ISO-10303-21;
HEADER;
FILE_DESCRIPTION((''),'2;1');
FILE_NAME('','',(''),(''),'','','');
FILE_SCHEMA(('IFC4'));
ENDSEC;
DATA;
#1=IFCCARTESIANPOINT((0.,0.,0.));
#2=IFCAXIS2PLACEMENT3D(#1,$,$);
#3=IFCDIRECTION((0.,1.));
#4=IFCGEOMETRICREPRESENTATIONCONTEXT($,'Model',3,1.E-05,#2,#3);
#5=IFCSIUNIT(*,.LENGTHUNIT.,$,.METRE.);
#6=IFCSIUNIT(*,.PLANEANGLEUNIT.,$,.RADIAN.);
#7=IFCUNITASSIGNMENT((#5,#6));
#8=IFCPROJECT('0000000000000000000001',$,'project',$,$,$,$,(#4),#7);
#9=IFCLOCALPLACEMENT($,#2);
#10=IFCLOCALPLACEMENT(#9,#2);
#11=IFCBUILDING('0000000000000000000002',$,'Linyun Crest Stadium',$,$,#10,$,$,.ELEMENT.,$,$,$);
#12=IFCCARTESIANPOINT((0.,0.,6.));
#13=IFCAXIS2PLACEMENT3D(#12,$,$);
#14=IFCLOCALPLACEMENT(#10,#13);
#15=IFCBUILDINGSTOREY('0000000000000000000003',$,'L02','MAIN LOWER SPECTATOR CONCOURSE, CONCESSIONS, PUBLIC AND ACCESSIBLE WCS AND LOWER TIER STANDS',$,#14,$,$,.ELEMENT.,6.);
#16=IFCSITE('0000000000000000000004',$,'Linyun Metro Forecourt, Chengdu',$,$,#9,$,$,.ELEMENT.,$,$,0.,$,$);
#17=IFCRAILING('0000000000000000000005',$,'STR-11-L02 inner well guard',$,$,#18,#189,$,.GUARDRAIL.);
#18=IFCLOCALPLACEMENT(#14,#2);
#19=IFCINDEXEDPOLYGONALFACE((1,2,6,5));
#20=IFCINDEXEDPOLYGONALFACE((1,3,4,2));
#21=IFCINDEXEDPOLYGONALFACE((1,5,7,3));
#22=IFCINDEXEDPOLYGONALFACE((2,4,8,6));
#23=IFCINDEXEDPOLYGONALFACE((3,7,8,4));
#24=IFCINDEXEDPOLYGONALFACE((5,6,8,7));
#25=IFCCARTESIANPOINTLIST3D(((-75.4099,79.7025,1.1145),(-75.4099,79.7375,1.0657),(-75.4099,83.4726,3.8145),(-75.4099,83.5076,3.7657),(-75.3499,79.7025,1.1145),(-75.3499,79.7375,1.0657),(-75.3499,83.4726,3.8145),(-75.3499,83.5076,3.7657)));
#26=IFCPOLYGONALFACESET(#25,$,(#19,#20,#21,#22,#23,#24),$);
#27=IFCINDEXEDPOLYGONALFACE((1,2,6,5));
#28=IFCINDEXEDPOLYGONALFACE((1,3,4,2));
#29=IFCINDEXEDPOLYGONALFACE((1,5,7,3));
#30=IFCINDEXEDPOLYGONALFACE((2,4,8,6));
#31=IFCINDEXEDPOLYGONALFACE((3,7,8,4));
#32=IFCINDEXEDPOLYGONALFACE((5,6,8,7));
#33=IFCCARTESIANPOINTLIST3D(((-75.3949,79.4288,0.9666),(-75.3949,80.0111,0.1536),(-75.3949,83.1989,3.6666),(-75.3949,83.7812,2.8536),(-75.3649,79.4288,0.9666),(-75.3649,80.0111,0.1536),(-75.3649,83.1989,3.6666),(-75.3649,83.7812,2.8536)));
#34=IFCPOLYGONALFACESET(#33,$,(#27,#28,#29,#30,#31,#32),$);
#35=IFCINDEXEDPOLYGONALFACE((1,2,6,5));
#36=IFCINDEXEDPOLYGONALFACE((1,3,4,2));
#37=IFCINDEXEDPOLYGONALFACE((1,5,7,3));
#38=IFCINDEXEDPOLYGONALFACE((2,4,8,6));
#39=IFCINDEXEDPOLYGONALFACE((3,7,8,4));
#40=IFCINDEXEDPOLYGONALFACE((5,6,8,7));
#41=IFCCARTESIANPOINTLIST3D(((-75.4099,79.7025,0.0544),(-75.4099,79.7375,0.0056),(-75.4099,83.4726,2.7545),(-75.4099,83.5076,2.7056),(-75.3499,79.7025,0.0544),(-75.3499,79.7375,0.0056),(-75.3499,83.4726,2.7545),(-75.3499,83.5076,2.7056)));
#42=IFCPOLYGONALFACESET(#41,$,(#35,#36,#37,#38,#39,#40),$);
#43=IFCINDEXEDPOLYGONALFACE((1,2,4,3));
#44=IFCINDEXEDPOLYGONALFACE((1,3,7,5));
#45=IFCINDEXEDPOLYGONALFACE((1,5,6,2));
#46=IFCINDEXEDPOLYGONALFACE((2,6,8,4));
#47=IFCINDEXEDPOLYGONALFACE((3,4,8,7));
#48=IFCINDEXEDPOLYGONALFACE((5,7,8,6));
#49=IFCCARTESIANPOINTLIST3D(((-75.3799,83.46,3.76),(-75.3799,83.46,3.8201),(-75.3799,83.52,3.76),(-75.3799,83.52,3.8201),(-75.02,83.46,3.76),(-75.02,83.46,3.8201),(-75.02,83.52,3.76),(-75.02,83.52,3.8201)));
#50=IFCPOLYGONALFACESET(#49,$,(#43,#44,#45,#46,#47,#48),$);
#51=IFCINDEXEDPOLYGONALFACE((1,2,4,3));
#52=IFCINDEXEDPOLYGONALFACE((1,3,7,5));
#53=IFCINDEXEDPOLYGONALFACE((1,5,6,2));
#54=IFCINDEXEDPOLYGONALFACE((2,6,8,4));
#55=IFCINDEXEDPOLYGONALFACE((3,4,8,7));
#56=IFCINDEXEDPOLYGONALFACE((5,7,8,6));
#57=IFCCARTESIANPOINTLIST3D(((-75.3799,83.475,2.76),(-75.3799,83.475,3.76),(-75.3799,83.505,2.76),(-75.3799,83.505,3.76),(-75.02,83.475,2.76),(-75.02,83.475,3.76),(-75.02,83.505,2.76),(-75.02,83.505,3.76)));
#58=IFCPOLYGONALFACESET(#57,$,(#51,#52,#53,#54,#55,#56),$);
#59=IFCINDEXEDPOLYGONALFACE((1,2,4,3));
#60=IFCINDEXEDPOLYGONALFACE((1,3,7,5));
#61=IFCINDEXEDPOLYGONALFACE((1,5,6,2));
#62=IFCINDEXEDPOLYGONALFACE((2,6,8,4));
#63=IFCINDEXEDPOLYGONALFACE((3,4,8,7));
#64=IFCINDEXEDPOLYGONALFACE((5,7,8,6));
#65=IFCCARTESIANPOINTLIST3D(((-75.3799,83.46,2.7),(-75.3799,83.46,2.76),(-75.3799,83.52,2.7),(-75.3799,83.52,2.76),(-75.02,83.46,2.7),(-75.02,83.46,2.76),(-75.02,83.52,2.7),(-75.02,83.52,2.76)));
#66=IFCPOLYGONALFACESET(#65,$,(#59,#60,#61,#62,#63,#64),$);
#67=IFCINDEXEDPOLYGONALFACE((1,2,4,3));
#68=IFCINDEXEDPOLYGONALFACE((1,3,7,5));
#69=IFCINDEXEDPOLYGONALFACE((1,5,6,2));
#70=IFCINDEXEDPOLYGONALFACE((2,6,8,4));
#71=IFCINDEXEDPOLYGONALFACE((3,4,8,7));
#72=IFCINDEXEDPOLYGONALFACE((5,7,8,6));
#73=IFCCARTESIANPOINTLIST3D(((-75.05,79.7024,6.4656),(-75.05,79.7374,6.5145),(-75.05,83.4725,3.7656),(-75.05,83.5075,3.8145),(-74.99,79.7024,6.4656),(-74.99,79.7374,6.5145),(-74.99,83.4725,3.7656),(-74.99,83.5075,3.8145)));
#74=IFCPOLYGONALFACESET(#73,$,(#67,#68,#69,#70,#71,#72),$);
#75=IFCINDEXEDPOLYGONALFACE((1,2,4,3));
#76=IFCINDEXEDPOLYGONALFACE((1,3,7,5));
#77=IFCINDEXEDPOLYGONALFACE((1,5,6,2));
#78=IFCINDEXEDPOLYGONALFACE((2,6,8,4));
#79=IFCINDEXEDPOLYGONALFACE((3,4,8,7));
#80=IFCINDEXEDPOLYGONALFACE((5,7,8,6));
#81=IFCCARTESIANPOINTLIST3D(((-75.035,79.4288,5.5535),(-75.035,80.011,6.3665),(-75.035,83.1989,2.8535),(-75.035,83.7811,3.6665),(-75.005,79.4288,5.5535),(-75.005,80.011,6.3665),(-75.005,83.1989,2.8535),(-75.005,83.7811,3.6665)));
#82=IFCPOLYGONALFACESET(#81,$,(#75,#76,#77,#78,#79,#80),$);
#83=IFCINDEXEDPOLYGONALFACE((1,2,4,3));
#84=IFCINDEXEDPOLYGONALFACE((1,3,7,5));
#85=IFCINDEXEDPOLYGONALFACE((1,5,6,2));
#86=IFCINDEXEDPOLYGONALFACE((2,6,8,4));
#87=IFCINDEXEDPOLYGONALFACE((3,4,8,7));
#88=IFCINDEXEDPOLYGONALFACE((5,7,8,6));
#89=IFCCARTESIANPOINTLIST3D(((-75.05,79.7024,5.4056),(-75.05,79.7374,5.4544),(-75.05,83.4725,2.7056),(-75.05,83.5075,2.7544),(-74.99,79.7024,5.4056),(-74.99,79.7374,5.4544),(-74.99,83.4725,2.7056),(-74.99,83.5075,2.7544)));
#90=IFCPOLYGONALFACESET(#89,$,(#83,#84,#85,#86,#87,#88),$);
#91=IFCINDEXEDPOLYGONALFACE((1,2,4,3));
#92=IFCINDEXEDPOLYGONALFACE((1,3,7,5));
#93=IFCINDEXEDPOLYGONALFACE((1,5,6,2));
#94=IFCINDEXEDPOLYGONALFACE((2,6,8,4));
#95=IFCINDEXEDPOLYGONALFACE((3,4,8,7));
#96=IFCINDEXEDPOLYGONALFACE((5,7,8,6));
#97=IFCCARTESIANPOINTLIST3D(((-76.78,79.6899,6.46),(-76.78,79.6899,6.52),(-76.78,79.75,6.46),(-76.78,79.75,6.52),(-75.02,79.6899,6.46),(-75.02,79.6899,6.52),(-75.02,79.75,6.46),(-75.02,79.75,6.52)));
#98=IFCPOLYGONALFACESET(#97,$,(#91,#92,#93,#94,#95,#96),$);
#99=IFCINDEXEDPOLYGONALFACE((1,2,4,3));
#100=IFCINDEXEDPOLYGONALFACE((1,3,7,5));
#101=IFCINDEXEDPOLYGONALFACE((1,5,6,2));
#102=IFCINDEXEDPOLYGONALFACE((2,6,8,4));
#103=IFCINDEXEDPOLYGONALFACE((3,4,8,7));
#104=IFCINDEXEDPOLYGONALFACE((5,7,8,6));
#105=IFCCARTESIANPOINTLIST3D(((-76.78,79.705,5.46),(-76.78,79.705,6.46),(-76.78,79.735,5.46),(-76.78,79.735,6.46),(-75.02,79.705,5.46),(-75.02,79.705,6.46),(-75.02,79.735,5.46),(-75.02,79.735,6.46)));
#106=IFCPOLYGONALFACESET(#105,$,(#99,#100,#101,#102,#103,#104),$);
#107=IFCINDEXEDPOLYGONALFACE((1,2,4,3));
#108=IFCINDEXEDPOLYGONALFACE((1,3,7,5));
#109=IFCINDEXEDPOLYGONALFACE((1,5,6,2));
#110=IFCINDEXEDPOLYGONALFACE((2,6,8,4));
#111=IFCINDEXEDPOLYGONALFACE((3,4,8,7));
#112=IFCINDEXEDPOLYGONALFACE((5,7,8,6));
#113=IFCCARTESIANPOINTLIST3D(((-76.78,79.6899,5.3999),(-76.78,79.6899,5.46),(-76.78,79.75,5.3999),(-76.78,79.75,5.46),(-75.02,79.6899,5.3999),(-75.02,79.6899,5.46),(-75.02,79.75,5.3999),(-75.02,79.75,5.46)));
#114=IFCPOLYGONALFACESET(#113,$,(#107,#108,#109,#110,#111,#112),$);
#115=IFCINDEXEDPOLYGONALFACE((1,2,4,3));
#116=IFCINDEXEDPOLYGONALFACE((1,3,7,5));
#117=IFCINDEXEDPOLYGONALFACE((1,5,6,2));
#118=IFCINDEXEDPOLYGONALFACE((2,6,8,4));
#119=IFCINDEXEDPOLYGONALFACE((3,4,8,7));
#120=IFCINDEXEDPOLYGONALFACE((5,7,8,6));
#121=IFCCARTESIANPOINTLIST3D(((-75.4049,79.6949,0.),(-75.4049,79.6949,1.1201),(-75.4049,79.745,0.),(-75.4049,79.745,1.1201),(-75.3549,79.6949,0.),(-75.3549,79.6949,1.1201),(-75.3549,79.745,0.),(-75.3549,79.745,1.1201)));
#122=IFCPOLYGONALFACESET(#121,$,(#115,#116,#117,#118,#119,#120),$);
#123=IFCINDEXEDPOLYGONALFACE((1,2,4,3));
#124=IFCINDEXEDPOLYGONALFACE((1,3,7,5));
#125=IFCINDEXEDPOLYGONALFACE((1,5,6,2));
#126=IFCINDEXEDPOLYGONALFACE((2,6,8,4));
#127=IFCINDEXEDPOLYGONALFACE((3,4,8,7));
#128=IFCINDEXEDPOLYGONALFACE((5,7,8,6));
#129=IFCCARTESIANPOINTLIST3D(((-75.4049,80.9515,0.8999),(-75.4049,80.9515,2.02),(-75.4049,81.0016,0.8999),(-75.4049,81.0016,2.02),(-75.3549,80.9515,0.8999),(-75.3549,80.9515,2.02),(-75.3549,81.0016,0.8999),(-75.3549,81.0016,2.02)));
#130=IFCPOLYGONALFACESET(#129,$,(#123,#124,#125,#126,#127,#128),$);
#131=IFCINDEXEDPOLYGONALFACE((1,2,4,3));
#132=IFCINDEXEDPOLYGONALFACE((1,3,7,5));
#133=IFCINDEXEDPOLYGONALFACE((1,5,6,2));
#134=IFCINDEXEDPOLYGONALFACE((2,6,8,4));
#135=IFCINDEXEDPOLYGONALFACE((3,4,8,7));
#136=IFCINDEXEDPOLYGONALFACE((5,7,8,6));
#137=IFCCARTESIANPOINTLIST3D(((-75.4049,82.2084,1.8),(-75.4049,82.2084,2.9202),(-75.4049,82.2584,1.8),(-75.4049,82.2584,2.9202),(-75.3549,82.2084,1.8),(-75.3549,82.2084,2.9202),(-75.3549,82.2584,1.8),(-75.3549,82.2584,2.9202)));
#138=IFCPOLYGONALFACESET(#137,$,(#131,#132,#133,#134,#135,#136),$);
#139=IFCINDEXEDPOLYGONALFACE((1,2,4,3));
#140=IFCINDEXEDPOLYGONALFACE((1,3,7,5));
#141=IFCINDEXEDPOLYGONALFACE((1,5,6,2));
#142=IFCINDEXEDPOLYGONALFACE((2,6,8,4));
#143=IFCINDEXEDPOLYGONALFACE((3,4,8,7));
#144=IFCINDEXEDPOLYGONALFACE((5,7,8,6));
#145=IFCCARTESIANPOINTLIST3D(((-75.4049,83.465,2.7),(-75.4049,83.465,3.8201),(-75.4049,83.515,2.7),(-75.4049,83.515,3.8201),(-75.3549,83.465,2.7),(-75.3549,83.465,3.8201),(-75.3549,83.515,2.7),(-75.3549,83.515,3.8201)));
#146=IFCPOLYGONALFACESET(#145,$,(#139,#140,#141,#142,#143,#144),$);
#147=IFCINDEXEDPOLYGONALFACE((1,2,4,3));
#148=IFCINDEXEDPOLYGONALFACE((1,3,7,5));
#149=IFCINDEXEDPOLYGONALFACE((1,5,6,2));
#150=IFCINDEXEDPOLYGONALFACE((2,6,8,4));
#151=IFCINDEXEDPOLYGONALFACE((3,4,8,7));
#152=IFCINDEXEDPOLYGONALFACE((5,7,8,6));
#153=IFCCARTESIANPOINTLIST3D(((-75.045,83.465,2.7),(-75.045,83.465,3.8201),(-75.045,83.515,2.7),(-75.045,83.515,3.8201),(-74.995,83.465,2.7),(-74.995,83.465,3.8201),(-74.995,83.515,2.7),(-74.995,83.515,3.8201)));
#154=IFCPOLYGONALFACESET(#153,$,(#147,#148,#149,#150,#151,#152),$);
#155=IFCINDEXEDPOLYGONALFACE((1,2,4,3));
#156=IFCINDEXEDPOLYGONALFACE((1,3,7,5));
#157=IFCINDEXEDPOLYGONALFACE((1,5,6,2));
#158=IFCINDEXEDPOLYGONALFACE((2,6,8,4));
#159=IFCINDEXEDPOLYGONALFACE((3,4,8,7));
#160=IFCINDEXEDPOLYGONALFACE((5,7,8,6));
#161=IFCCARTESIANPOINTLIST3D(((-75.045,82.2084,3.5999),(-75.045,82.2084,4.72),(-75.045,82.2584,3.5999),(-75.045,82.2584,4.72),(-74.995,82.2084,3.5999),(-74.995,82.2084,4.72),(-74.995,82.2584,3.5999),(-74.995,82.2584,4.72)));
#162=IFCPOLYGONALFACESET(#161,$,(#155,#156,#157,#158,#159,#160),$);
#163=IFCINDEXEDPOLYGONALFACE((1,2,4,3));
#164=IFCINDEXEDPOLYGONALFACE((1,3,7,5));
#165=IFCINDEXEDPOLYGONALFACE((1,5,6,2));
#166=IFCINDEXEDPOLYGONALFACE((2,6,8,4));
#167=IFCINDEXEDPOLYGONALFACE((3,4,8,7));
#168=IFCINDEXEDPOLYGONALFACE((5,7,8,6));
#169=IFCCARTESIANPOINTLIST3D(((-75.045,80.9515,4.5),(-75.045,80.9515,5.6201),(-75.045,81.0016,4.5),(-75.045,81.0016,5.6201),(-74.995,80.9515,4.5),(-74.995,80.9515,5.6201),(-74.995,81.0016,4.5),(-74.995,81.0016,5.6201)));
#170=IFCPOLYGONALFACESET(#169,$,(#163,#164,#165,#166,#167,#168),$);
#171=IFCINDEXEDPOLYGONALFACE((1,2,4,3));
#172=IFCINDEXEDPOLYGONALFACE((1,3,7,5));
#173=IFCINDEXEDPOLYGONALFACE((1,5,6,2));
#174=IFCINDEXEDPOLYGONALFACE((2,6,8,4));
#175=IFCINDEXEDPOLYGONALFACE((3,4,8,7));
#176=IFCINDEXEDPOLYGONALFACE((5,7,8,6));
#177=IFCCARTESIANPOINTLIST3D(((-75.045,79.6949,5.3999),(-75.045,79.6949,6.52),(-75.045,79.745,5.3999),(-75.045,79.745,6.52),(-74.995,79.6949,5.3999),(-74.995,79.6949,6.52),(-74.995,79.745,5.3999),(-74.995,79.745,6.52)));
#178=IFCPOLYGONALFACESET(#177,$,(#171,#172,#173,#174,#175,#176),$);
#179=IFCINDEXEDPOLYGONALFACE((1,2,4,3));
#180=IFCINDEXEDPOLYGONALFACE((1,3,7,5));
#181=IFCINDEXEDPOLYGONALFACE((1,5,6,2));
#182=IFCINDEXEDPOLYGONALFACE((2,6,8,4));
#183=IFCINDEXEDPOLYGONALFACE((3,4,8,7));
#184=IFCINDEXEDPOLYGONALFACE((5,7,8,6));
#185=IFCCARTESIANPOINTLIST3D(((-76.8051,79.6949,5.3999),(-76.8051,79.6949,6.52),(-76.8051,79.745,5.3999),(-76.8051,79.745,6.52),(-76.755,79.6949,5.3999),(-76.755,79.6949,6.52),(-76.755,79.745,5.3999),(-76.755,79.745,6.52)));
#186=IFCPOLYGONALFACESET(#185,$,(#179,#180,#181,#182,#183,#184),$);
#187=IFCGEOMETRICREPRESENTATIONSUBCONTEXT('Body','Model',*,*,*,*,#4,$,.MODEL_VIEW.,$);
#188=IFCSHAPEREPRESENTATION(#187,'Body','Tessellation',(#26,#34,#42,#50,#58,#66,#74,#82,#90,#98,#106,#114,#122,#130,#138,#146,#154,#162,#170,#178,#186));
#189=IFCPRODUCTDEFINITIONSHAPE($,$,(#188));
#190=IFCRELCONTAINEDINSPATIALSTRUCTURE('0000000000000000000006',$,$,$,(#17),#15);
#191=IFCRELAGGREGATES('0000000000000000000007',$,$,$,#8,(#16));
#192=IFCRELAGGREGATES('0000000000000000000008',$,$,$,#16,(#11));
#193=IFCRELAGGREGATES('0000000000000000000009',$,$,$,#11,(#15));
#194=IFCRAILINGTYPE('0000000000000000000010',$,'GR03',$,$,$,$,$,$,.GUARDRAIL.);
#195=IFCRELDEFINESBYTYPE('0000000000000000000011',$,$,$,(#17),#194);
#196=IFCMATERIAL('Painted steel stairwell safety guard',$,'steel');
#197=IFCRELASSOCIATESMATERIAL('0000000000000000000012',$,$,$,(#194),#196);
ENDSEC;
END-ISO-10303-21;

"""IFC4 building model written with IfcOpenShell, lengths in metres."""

from ifc_helpers import new_model, si_unit, direction, frame, origin, origin_2d, place, context, subcontext, project, spatial, rectangle, extrude, material, type_object, element, save


model = new_model("IFC4")

# Units and contexts
model_context = context("Model", 3, precision=1e-05, world=origin(), true_north=direction((0.0, 1.0)))
body_context = subcontext(model_context, "Body", "Model", "MODEL_VIEW")
ifc_project = project(units=[si_unit("LENGTHUNIT", "METRE"), si_unit("PLANEANGLEUNIT", "RADIAN")], contexts=[model_context])

# Site, building, storey
site_placement = place(None, origin())
site = spatial("IfcSite", under=ifc_project, at=site_placement, Name="Linyun Metro Forecourt, Chengdu", CompositionType="ELEMENT", RefElevation=0.0)
building_placement = place(site_placement, origin())
building = spatial("IfcBuilding", under=site, at=building_placement, Name="Linyun Crest Stadium", CompositionType="ELEMENT")
storey_placement = place(building_placement, frame((0.0, 0.0, 6.0)))
storey = spatial("IfcBuildingStorey", under=building, at=storey_placement, Name="L02", Description="MAIN LOWER SPECTATOR CONCOURSE, CONCESSIONS, PUBLIC AND ACCESSIBLE WCS AND LOWER TIER STANDS", CompositionType="ELEMENT", Elevation=6.0)

# Railing
ifc_material_1 = material(Name="Painted steel stairwell safety guard", Category="steel")
railing_type_1 = type_object("IfcRailingType", Name="GR03", PredefinedType="GUARDRAIL", material=ifc_material_1)
railing_1_placement = place(storey_placement, frame((-75.3799, 79.72, 0.0)))
element("IfcRailing", 1, at=railing_1_placement, inside=storey, type_object=railing_type_1, Name="STR-11-L02 inner well guard", PredefinedType="GUARDRAIL", context=body_context, shape_type="SweptSolid", body=[
    extrude(rectangle(XDim=0.0601, YDim=0.0601, at=origin_2d()), frame((0.0, 0.0, 1.0901), z_axis=(0.0, 0.813011, 0.582249), x_axis=(-1.0, 0.0, 0.0)), (0.0, 0.0, 1.0), 4.6372),
    extrude(rectangle(XDim=0.03, YDim=1.0, at=origin_2d()), frame((0.0, 0.0, 0.5601), z_axis=(0.0, 0.813011, 0.582249), x_axis=(-1.0, 0.0, 0.0)), (0.0, 0.0, 1.0), 4.6372),
    extrude(rectangle(XDim=0.0601, YDim=0.0601, at=origin_2d()), frame((0.0, 0.0, 0.03), z_axis=(0.0, 0.813011, 0.582249), x_axis=(-1.0, 0.0, 0.0)), (0.0, 0.0, 1.0), 4.6372),
    extrude(rectangle(XDim=0.0601, YDim=0.0601, at=origin_2d()), frame((0.0, 3.77, 3.79), z_axis=(1.0, 0.0, 0.0), x_axis=(0.0, 1.0, 0.0)), (0.0, 0.0, 1.0), 0.3599),
    extrude(rectangle(XDim=0.03, YDim=1.0, at=origin_2d()), frame((0.0, 3.77, 3.26), z_axis=(1.0, 0.0, 0.0), x_axis=(0.0, 1.0, 0.0)), (0.0, 0.0, 1.0), 0.3599),
    extrude(rectangle(XDim=0.0601, YDim=0.0601, at=origin_2d()), frame((0.0, 3.77, 2.73), z_axis=(1.0, 0.0, 0.0), x_axis=(0.0, 1.0, 0.0)), (0.0, 0.0, 1.0), 0.3599),
    extrude(rectangle(XDim=0.0601, YDim=0.0601, at=origin_2d()), frame((0.3599, 3.77, 3.79), z_axis=(0.0, -0.813011, 0.582249), x_axis=(1.0, 0.0, 0.0)), (0.0, 0.0, 1.0), 4.6372),
    extrude(rectangle(XDim=0.03, YDim=1.0, at=origin_2d()), frame((0.3599, 3.77, 3.26), z_axis=(0.0, -0.813011, 0.582249), x_axis=(1.0, 0.0, 0.0)), (0.0, 0.0, 1.0), 4.6372),
    extrude(rectangle(XDim=0.0601, YDim=0.0601, at=origin_2d()), frame((0.3599, 3.77, 2.73), z_axis=(0.0, -0.813011, 0.582249), x_axis=(1.0, 0.0, 0.0)), (0.0, 0.0, 1.0), 4.6372),
    extrude(rectangle(XDim=0.0601, YDim=0.0601, at=origin_2d()), frame((0.3599, 0.0, 6.49), z_axis=(-1.0, 0.0, 0.0), x_axis=(0.0, -1.0, 0.0)), (0.0, 0.0, 1.0), 1.76),
    extrude(rectangle(XDim=0.03, YDim=1.0, at=origin_2d()), frame((0.3599, 0.0, 5.96), z_axis=(-1.0, 0.0, 0.0), x_axis=(0.0, -1.0, 0.0)), (0.0, 0.0, 1.0), 1.76),
    extrude(rectangle(XDim=0.0601, YDim=0.0601, at=origin_2d()), frame((0.3599, 0.0, 5.4299), z_axis=(-1.0, 0.0, 0.0), x_axis=(0.0, -1.0, 0.0)), (0.0, 0.0, 1.0), 1.76),
    extrude(rectangle(XDim=0.05, YDim=0.05, at=origin_2d()), origin(), (0.0, 0.0, 1.0), 1.1201),
    extrude(rectangle(XDim=0.05, YDim=0.05, at=origin_2d()), frame((0.0, 1.2566, 0.8999)), (0.0, 0.0, 1.0), 1.1201),
    extrude(rectangle(XDim=0.05, YDim=0.05, at=origin_2d()), frame((0.0, 2.5134, 1.8)), (0.0, 0.0, 1.0), 1.1201),
    extrude(rectangle(XDim=0.05, YDim=0.05, at=origin_2d()), frame((0.0, 3.77, 2.7)), (0.0, 0.0, 1.0), 1.1201),
    extrude(rectangle(XDim=0.05, YDim=0.05, at=origin_2d()), frame((0.3599, 3.77, 2.7)), (0.0, 0.0, 1.0), 1.1201),
    extrude(rectangle(XDim=0.05, YDim=0.05, at=origin_2d()), frame((0.3599, 2.5134, 3.5999)), (0.0, 0.0, 1.0), 1.1201),
    extrude(rectangle(XDim=0.05, YDim=0.05, at=origin_2d()), frame((0.3599, 1.2566, 4.5)), (0.0, 0.0, 1.0), 1.1201),
    extrude(rectangle(XDim=0.05, YDim=0.05, at=origin_2d()), frame((0.3599, 0.0, 5.3999)), (0.0, 0.0, 1.0), 1.1201),
    extrude(rectangle(XDim=0.05, YDim=0.05, at=origin_2d()), frame((-1.4001, 0.0, 5.3999)), (0.0, 0.0, 1.0), 1.1201),
])

save(model, "model.ifc")
